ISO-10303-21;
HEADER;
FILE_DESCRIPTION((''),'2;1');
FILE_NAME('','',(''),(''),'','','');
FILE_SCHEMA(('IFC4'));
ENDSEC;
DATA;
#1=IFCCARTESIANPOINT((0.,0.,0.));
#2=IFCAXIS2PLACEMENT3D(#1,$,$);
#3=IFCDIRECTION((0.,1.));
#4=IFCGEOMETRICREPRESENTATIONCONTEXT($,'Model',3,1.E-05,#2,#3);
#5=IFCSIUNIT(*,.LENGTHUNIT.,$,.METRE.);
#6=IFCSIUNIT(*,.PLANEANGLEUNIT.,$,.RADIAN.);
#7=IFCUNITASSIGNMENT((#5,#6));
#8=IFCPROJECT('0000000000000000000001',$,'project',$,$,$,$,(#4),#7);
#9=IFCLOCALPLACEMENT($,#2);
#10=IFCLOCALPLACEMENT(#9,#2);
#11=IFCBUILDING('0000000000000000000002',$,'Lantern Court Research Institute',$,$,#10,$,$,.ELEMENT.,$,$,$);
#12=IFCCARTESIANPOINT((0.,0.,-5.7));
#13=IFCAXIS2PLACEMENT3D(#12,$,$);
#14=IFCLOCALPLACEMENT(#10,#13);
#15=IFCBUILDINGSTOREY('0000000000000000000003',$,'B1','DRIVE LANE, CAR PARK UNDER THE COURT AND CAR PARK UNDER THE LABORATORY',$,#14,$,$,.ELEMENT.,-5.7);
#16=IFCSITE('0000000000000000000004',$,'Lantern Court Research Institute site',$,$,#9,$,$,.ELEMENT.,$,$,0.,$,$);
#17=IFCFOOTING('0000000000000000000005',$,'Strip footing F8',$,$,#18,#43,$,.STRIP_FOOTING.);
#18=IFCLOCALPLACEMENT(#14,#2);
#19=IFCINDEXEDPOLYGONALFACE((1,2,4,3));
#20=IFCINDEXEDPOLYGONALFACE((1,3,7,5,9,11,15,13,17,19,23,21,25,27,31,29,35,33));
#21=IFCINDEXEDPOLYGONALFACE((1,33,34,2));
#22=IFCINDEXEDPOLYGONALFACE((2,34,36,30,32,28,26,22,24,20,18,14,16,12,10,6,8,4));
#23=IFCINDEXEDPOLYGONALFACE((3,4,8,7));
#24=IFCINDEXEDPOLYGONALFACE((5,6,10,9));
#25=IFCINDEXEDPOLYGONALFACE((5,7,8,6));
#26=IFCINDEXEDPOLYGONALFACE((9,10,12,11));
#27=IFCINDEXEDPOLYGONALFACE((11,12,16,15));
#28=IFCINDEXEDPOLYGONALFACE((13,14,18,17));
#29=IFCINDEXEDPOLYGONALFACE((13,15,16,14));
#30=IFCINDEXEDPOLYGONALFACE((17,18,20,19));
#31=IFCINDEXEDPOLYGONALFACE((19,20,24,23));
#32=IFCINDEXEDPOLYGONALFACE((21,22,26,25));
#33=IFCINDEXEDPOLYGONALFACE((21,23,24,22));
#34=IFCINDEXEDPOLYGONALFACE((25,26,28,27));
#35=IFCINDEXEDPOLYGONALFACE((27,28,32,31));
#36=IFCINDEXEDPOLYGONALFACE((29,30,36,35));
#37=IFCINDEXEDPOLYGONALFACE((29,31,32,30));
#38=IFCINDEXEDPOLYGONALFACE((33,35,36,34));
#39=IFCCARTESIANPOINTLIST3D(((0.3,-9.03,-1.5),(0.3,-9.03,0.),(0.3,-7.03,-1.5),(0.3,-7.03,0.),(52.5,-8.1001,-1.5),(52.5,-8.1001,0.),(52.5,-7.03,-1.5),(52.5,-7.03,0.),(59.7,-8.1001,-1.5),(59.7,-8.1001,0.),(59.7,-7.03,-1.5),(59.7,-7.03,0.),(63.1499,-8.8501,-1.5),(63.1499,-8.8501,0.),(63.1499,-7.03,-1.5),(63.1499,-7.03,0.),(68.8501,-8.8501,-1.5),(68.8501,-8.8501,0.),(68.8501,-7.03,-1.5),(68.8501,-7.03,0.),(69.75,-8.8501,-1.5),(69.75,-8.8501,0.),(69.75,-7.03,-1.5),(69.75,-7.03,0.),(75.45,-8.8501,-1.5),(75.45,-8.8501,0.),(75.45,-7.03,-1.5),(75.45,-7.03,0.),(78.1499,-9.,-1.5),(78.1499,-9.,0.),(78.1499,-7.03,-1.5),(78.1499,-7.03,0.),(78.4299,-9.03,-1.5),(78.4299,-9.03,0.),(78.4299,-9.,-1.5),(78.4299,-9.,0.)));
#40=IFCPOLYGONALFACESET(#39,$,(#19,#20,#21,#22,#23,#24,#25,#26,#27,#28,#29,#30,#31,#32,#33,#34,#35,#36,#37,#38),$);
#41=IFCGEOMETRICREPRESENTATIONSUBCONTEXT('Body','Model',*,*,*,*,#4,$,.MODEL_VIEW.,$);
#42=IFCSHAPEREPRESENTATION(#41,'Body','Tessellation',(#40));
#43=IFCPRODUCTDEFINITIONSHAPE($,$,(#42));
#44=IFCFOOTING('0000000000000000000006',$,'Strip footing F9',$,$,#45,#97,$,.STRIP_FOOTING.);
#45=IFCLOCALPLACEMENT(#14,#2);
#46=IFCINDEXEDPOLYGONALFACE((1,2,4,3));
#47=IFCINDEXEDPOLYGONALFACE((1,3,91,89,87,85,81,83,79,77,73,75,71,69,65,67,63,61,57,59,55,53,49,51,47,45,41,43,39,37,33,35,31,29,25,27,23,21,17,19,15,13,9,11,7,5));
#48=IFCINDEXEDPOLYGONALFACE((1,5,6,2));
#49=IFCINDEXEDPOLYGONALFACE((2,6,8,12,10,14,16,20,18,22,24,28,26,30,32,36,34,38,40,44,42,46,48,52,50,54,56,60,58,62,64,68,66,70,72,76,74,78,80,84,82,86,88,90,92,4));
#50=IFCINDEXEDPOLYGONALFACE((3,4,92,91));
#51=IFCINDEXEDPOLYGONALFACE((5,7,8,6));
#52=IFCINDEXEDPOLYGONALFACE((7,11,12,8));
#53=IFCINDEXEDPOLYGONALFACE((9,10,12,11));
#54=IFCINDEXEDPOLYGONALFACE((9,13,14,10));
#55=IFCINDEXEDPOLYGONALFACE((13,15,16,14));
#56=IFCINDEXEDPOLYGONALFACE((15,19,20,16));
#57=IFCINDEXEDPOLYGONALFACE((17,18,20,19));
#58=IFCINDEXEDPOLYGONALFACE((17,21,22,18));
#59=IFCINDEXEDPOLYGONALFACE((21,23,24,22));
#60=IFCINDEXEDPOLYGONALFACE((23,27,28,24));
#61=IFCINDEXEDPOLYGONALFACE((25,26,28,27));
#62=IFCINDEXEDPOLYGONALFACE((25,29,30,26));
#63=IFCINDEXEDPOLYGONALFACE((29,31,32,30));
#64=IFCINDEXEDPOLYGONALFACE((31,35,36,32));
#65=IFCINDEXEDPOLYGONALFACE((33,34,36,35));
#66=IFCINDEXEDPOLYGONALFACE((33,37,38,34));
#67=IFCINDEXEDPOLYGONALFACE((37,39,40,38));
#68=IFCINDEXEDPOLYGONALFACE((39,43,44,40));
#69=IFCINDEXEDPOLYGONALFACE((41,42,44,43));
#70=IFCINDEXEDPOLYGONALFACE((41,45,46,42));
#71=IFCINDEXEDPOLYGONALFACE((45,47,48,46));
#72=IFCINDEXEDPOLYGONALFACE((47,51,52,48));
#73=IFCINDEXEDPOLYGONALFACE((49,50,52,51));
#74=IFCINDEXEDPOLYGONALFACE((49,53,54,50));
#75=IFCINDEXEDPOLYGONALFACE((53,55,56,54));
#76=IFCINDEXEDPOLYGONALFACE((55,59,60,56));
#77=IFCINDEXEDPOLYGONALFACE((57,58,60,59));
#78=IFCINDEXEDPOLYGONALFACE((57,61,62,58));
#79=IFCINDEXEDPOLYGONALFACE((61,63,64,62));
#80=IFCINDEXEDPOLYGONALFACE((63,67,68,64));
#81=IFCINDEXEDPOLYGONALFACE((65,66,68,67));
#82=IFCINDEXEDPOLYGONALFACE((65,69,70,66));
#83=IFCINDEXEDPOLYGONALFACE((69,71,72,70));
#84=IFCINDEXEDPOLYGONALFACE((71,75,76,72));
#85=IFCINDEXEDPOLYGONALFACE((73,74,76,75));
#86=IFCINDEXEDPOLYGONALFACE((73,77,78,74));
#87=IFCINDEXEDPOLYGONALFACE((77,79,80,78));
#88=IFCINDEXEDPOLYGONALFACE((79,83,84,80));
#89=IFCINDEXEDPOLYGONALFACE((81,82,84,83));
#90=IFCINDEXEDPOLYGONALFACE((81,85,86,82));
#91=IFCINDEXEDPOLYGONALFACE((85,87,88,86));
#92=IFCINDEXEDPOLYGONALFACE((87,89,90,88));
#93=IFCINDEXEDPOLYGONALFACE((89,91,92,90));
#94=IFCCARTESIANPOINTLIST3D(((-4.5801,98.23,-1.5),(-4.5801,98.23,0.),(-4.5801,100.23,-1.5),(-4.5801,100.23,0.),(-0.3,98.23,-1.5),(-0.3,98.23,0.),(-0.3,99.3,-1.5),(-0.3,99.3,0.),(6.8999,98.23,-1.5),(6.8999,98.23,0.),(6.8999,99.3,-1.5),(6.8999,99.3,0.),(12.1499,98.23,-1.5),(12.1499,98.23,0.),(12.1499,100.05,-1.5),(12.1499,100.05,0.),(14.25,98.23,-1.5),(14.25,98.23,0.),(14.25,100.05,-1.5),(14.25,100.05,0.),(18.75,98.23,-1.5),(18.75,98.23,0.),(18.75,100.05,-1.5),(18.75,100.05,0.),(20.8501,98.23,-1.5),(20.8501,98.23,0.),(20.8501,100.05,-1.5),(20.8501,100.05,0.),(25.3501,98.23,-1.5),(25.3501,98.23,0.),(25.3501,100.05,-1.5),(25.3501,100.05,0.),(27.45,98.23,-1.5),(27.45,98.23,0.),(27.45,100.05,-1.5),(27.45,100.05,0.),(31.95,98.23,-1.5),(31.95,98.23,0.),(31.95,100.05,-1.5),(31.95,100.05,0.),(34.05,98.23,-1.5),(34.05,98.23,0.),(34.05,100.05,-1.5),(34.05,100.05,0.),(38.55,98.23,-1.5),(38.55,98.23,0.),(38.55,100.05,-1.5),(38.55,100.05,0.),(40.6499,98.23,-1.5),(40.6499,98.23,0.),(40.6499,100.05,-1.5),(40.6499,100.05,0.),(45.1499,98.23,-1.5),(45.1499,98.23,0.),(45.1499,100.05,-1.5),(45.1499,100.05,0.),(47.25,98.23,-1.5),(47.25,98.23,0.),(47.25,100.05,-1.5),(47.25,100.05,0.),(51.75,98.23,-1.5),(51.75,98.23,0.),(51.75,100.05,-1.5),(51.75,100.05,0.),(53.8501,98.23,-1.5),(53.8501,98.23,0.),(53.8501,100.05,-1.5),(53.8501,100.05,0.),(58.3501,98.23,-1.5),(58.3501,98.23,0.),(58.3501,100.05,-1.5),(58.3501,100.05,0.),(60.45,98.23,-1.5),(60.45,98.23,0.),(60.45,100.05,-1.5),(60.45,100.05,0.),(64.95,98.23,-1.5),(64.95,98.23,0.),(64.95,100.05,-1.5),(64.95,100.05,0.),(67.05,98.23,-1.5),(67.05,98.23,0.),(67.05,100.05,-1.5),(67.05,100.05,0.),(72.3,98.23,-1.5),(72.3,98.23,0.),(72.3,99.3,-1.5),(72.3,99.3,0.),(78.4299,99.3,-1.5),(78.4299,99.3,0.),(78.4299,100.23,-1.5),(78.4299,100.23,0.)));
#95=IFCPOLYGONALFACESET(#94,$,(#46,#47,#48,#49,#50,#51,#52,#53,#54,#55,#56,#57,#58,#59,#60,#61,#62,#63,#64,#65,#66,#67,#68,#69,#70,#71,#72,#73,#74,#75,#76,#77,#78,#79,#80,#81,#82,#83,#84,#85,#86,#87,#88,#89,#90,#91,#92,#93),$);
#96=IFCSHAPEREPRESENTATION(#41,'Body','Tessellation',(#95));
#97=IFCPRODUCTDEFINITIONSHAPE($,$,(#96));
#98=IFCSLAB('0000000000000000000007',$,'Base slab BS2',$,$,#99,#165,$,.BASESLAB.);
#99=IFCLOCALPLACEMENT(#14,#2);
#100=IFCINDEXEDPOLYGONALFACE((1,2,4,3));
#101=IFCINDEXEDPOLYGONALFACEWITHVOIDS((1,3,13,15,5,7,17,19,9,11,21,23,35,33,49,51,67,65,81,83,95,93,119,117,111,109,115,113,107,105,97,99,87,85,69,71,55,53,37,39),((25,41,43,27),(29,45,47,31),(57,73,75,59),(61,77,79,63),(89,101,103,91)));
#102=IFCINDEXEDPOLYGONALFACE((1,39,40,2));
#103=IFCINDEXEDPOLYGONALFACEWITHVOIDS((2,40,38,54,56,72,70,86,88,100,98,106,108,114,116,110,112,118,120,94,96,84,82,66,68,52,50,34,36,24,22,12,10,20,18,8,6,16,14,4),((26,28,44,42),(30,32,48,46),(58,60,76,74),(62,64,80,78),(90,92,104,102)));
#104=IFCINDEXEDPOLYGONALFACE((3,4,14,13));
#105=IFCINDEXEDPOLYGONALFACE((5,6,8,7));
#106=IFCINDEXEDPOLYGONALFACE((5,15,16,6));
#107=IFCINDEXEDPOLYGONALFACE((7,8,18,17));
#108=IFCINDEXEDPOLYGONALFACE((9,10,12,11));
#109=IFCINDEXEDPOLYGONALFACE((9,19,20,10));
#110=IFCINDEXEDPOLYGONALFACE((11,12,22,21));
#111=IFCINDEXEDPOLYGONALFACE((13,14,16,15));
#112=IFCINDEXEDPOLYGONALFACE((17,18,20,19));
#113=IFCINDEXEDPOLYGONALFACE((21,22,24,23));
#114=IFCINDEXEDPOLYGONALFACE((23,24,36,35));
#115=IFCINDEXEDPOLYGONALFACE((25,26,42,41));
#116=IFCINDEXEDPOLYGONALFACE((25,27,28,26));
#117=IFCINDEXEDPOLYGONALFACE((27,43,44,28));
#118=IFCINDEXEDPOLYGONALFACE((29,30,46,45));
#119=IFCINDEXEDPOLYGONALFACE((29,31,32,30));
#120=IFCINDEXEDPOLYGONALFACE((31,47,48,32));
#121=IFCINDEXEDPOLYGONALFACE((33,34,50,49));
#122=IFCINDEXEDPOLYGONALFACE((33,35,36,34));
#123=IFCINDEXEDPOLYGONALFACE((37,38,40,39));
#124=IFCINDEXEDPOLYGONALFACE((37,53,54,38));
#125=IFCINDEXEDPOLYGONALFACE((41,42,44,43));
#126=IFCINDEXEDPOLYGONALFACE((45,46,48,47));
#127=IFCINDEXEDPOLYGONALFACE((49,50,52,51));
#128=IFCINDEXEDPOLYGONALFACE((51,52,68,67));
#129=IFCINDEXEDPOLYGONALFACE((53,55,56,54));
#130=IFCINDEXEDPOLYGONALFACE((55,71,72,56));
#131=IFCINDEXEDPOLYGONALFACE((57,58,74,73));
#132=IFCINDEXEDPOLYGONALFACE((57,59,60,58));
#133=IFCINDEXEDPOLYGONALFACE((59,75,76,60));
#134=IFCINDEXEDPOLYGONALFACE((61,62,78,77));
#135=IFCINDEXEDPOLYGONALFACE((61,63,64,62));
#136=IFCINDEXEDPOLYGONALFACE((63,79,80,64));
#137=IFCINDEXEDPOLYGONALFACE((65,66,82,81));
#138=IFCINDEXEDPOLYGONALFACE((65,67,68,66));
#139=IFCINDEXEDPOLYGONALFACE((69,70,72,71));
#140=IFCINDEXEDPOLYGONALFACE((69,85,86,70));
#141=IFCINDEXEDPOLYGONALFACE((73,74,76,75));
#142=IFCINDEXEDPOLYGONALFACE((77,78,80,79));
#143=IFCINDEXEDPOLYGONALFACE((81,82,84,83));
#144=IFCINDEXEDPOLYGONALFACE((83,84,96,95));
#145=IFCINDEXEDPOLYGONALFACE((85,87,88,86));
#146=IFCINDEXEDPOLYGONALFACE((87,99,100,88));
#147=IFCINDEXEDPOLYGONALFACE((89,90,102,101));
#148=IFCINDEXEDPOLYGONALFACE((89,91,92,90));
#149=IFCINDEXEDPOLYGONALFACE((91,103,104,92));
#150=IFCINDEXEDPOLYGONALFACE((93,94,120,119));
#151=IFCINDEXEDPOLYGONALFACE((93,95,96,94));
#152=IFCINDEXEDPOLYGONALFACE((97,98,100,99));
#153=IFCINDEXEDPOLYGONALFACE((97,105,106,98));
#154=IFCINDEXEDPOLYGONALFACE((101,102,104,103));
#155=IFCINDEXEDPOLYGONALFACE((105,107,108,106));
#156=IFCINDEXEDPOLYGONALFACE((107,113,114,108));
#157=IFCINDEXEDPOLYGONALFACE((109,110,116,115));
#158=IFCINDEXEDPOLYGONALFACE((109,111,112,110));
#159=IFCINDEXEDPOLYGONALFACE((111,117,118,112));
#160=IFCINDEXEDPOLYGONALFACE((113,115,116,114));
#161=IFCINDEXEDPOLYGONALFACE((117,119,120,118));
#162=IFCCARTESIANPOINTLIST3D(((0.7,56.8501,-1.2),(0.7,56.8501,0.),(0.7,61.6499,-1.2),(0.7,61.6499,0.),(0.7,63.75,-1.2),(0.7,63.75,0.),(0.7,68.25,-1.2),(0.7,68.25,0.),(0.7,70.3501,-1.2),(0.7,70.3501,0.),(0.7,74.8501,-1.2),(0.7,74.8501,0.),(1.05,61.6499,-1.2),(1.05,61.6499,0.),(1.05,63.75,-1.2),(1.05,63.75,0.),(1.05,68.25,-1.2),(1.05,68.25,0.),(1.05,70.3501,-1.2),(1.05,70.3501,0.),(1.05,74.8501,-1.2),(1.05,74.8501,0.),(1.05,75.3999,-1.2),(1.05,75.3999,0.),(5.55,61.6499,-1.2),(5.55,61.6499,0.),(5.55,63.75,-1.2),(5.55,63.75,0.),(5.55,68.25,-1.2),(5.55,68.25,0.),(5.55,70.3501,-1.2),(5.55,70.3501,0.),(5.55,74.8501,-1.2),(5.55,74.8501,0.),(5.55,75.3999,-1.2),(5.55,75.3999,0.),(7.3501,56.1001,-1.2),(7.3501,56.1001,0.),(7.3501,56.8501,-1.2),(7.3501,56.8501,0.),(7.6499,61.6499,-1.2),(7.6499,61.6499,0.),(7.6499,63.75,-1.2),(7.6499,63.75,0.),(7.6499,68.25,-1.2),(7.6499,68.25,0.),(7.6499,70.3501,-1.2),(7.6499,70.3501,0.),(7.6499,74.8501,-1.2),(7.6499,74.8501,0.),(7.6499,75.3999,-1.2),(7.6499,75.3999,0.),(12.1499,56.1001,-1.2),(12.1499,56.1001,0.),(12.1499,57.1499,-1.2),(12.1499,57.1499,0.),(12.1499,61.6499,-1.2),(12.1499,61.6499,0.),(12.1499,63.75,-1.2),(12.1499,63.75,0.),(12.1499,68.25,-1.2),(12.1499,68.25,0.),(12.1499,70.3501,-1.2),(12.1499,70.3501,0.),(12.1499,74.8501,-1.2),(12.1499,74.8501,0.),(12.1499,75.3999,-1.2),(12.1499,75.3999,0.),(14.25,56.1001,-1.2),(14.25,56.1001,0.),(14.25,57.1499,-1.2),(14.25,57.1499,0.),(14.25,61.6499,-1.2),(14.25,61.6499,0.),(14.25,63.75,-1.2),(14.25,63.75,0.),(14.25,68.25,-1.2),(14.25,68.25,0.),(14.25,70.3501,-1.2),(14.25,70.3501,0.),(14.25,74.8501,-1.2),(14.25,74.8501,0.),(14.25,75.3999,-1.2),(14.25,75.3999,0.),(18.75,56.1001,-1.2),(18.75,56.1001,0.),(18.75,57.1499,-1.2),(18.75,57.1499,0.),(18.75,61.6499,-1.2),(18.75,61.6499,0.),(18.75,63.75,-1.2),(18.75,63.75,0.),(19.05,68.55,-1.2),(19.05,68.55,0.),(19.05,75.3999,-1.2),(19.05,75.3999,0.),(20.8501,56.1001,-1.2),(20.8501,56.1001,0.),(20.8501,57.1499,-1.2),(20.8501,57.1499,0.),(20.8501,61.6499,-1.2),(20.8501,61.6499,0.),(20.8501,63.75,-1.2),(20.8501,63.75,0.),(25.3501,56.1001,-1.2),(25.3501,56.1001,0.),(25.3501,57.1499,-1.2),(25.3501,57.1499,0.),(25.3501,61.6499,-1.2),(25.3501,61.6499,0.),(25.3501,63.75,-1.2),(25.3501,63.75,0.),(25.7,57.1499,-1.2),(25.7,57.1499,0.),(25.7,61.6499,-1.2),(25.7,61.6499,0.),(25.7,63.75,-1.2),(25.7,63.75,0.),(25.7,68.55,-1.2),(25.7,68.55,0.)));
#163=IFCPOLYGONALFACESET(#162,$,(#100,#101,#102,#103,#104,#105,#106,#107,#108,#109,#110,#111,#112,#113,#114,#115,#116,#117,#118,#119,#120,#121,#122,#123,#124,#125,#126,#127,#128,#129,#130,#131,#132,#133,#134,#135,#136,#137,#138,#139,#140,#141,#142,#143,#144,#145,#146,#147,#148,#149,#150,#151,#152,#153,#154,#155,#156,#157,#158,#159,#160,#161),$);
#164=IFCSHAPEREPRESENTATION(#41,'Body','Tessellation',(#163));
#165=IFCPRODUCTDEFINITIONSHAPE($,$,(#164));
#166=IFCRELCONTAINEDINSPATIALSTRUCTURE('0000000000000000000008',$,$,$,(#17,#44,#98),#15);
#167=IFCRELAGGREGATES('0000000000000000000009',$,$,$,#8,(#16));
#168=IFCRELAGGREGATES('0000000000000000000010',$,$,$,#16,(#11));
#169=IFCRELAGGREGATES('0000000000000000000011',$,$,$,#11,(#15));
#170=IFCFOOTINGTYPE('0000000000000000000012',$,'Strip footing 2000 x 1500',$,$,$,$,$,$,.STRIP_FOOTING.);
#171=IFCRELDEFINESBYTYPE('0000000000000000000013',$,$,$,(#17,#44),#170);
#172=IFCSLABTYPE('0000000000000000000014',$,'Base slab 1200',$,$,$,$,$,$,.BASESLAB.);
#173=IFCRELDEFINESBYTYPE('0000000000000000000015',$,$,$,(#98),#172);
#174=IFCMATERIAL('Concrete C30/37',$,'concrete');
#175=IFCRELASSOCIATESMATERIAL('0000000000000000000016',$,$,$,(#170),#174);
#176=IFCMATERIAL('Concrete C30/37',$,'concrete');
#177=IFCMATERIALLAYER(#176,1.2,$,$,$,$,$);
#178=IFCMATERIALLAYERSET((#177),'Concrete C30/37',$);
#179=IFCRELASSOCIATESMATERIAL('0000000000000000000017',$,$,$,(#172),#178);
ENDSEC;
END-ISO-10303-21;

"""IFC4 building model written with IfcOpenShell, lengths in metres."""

from ifc_helpers import new_model, si_unit, direction, frame, origin, place, context, subcontext, project, spatial, polyline, outline, extrude, material, layer, layer_set, type_object, element, save


model = new_model("IFC4")

# Units and contexts
model_context = context("Model", 3, precision=1e-05, world=origin(), true_north=direction((0.0, 1.0)))
body_context = subcontext(model_context, "Body", "Model", "MODEL_VIEW")
ifc_project = project(units=[si_unit("LENGTHUNIT", "METRE"), si_unit("PLANEANGLEUNIT", "RADIAN")], contexts=[model_context])

# Site, building, storey
site_placement = place(None, origin())
site = spatial("IfcSite", under=ifc_project, at=site_placement, Name="Lantern Court Research Institute site", CompositionType="ELEMENT", RefElevation=0.0)
building_placement = place(site_placement, origin())
building = spatial("IfcBuilding", under=site, at=building_placement, Name="Lantern Court Research Institute", CompositionType="ELEMENT")
storey_placement = place(building_placement, frame((0.0, 0.0, -5.7)))
storey = spatial("IfcBuildingStorey", under=building, at=storey_placement, Name="B1", Description="DRIVE LANE, CAR PARK UNDER THE COURT AND CAR PARK UNDER THE LABORATORY", CompositionType="ELEMENT", Elevation=-5.7)

# Footings
ifc_material_1 = material(Name="Concrete C30/37", Category="concrete")
footing_type_1 = type_object("IfcFootingType", Name="Strip footing 2000 x 1500", PredefinedType="STRIP_FOOTING", material=ifc_material_1)
footing_1_placement = place(storey_placement, frame((0.0, 0.0, -1.5)))
element("IfcFooting", 1, at=footing_1_placement, inside=storey, type_object=footing_type_1, Name="Strip footing F8", PredefinedType="STRIP_FOOTING", context=body_context, shape_type="SweptSolid", body=[
    extrude(outline(polyline([(75.45, -8.8501), (75.45, -7.03), (78.1499, -7.03), (78.1499, -9.0), (78.4299, -9.0), (78.4299, -9.03), (0.3, -9.03), (0.3, -7.03), (52.5, -7.03), (52.5, -8.1001), (59.7, -8.1001), (59.7, -7.03), (63.1499, -7.03), (63.1499, -8.8501), (68.8501, -8.8501), (68.8501, -7.03), (69.75, -7.03), (69.75, -8.8501), (75.45, -8.8501)])), origin(), (0.0, 0.0, 1.0), 1.5),
])
footing_2_placement = place(storey_placement, frame((0.0, 0.0, -1.5)))
element("IfcFooting", 2, at=footing_2_placement, inside=storey, type_object=footing_type_1, Name="Strip footing F9", PredefinedType="STRIP_FOOTING", context=body_context, shape_type="SweptSolid", body=[
    extrude(outline(polyline([(67.05, 100.05), (64.95, 100.05), (64.95, 98.23), (60.45, 98.23), (60.45, 100.05), (58.3501, 100.05), (58.3501, 98.23), (53.8501, 98.23), (53.8501, 100.05), (51.75, 100.05), (51.75, 98.23), (47.25, 98.23), (47.25, 100.05), (45.1499, 100.05), (45.1499, 98.23), (40.6499, 98.23), (40.6499, 100.05), (38.55, 100.05), (38.55, 98.23), (34.05, 98.23), (34.05, 100.05), (31.95, 100.05), (31.95, 98.23), (27.45, 98.23), (27.45, 100.05), (25.3501, 100.05), (25.3501, 98.23), (20.8501, 98.23), (20.8501, 100.05), (18.75, 100.05), (18.75, 98.23), (14.25, 98.23), (14.25, 100.05), (12.1499, 100.05), (12.1499, 98.23), (6.8999, 98.23), (6.8999, 99.3), (-0.3, 99.3), (-0.3, 98.23), (-4.5801, 98.23), (-4.5801, 100.23), (78.4299, 100.23), (78.4299, 99.3), (72.3, 99.3), (72.3, 98.23), (67.05, 98.23), (67.05, 100.05)])), origin(), (0.0, 0.0, 1.0), 1.5),
])

# Slab
ifc_material_2 = material(Name="Concrete C30/37", Category="concrete")
ifc_layer = layer(ifc_material_2, 1.2)
ifc_layer_set = layer_set([ifc_layer], Name="Concrete C30/37")
slab_type = type_object("IfcSlabType", Name="Base slab 1200", PredefinedType="BASESLAB", material=ifc_layer_set)
slab_placement = place(storey_placement, frame((0.0, 0.0, -1.2)))
element("IfcSlab", 3, at=slab_placement, inside=storey, type_object=slab_type, Name="Base slab BS2", PredefinedType="BASESLAB", context=body_context, shape_type="SweptSolid", body=[
    extrude(outline(polyline([(7.3501, 56.8501), (0.7, 56.8501), (0.7, 61.6499), (1.05, 61.6499), (1.05, 63.75), (0.7, 63.75), (0.7, 68.25), (1.05, 68.25), (1.05, 70.3501), (0.7, 70.3501), (0.7, 74.8501), (1.05, 74.8501), (1.05, 75.3999), (5.55, 75.3999), (5.55, 74.8501), (7.6499, 74.8501), (7.6499, 75.3999), (12.1499, 75.3999), (12.1499, 74.8501), (14.25, 74.8501), (14.25, 75.3999), (19.05, 75.3999), (19.05, 68.55), (25.7, 68.55), (25.7, 63.75), (25.3501, 63.75), (25.3501, 61.6499), (25.7, 61.6499), (25.7, 57.1499), (25.3501, 57.1499), (25.3501, 56.1001), (20.8501, 56.1001), (20.8501, 57.1499), (18.75, 57.1499), (18.75, 56.1001), (14.25, 56.1001), (14.25, 57.1499), (12.1499, 57.1499), (12.1499, 56.1001), (7.3501, 56.1001), (7.3501, 56.8501)]), holes=[polyline([(14.25, 61.6499), (14.25, 63.75), (12.1499, 63.75), (12.1499, 61.6499), (14.25, 61.6499)]), polyline([(5.55, 61.6499), (7.6499, 61.6499), (7.6499, 63.75), (5.55, 63.75), (5.55, 61.6499)]), polyline([(7.6499, 68.25), (7.6499, 70.3501), (5.55, 70.3501), (5.55, 68.25), (7.6499, 68.25)]), polyline([(14.25, 68.25), (14.25, 70.3501), (12.1499, 70.3501), (12.1499, 68.25), (14.25, 68.25)]), polyline([(20.8501, 61.6499), (20.8501, 63.75), (18.75, 63.75), (18.75, 61.6499), (20.8501, 61.6499)])]), origin(), (0.0, 0.0, 1.0), 1.2),
])

save(model, "model.ifc")
